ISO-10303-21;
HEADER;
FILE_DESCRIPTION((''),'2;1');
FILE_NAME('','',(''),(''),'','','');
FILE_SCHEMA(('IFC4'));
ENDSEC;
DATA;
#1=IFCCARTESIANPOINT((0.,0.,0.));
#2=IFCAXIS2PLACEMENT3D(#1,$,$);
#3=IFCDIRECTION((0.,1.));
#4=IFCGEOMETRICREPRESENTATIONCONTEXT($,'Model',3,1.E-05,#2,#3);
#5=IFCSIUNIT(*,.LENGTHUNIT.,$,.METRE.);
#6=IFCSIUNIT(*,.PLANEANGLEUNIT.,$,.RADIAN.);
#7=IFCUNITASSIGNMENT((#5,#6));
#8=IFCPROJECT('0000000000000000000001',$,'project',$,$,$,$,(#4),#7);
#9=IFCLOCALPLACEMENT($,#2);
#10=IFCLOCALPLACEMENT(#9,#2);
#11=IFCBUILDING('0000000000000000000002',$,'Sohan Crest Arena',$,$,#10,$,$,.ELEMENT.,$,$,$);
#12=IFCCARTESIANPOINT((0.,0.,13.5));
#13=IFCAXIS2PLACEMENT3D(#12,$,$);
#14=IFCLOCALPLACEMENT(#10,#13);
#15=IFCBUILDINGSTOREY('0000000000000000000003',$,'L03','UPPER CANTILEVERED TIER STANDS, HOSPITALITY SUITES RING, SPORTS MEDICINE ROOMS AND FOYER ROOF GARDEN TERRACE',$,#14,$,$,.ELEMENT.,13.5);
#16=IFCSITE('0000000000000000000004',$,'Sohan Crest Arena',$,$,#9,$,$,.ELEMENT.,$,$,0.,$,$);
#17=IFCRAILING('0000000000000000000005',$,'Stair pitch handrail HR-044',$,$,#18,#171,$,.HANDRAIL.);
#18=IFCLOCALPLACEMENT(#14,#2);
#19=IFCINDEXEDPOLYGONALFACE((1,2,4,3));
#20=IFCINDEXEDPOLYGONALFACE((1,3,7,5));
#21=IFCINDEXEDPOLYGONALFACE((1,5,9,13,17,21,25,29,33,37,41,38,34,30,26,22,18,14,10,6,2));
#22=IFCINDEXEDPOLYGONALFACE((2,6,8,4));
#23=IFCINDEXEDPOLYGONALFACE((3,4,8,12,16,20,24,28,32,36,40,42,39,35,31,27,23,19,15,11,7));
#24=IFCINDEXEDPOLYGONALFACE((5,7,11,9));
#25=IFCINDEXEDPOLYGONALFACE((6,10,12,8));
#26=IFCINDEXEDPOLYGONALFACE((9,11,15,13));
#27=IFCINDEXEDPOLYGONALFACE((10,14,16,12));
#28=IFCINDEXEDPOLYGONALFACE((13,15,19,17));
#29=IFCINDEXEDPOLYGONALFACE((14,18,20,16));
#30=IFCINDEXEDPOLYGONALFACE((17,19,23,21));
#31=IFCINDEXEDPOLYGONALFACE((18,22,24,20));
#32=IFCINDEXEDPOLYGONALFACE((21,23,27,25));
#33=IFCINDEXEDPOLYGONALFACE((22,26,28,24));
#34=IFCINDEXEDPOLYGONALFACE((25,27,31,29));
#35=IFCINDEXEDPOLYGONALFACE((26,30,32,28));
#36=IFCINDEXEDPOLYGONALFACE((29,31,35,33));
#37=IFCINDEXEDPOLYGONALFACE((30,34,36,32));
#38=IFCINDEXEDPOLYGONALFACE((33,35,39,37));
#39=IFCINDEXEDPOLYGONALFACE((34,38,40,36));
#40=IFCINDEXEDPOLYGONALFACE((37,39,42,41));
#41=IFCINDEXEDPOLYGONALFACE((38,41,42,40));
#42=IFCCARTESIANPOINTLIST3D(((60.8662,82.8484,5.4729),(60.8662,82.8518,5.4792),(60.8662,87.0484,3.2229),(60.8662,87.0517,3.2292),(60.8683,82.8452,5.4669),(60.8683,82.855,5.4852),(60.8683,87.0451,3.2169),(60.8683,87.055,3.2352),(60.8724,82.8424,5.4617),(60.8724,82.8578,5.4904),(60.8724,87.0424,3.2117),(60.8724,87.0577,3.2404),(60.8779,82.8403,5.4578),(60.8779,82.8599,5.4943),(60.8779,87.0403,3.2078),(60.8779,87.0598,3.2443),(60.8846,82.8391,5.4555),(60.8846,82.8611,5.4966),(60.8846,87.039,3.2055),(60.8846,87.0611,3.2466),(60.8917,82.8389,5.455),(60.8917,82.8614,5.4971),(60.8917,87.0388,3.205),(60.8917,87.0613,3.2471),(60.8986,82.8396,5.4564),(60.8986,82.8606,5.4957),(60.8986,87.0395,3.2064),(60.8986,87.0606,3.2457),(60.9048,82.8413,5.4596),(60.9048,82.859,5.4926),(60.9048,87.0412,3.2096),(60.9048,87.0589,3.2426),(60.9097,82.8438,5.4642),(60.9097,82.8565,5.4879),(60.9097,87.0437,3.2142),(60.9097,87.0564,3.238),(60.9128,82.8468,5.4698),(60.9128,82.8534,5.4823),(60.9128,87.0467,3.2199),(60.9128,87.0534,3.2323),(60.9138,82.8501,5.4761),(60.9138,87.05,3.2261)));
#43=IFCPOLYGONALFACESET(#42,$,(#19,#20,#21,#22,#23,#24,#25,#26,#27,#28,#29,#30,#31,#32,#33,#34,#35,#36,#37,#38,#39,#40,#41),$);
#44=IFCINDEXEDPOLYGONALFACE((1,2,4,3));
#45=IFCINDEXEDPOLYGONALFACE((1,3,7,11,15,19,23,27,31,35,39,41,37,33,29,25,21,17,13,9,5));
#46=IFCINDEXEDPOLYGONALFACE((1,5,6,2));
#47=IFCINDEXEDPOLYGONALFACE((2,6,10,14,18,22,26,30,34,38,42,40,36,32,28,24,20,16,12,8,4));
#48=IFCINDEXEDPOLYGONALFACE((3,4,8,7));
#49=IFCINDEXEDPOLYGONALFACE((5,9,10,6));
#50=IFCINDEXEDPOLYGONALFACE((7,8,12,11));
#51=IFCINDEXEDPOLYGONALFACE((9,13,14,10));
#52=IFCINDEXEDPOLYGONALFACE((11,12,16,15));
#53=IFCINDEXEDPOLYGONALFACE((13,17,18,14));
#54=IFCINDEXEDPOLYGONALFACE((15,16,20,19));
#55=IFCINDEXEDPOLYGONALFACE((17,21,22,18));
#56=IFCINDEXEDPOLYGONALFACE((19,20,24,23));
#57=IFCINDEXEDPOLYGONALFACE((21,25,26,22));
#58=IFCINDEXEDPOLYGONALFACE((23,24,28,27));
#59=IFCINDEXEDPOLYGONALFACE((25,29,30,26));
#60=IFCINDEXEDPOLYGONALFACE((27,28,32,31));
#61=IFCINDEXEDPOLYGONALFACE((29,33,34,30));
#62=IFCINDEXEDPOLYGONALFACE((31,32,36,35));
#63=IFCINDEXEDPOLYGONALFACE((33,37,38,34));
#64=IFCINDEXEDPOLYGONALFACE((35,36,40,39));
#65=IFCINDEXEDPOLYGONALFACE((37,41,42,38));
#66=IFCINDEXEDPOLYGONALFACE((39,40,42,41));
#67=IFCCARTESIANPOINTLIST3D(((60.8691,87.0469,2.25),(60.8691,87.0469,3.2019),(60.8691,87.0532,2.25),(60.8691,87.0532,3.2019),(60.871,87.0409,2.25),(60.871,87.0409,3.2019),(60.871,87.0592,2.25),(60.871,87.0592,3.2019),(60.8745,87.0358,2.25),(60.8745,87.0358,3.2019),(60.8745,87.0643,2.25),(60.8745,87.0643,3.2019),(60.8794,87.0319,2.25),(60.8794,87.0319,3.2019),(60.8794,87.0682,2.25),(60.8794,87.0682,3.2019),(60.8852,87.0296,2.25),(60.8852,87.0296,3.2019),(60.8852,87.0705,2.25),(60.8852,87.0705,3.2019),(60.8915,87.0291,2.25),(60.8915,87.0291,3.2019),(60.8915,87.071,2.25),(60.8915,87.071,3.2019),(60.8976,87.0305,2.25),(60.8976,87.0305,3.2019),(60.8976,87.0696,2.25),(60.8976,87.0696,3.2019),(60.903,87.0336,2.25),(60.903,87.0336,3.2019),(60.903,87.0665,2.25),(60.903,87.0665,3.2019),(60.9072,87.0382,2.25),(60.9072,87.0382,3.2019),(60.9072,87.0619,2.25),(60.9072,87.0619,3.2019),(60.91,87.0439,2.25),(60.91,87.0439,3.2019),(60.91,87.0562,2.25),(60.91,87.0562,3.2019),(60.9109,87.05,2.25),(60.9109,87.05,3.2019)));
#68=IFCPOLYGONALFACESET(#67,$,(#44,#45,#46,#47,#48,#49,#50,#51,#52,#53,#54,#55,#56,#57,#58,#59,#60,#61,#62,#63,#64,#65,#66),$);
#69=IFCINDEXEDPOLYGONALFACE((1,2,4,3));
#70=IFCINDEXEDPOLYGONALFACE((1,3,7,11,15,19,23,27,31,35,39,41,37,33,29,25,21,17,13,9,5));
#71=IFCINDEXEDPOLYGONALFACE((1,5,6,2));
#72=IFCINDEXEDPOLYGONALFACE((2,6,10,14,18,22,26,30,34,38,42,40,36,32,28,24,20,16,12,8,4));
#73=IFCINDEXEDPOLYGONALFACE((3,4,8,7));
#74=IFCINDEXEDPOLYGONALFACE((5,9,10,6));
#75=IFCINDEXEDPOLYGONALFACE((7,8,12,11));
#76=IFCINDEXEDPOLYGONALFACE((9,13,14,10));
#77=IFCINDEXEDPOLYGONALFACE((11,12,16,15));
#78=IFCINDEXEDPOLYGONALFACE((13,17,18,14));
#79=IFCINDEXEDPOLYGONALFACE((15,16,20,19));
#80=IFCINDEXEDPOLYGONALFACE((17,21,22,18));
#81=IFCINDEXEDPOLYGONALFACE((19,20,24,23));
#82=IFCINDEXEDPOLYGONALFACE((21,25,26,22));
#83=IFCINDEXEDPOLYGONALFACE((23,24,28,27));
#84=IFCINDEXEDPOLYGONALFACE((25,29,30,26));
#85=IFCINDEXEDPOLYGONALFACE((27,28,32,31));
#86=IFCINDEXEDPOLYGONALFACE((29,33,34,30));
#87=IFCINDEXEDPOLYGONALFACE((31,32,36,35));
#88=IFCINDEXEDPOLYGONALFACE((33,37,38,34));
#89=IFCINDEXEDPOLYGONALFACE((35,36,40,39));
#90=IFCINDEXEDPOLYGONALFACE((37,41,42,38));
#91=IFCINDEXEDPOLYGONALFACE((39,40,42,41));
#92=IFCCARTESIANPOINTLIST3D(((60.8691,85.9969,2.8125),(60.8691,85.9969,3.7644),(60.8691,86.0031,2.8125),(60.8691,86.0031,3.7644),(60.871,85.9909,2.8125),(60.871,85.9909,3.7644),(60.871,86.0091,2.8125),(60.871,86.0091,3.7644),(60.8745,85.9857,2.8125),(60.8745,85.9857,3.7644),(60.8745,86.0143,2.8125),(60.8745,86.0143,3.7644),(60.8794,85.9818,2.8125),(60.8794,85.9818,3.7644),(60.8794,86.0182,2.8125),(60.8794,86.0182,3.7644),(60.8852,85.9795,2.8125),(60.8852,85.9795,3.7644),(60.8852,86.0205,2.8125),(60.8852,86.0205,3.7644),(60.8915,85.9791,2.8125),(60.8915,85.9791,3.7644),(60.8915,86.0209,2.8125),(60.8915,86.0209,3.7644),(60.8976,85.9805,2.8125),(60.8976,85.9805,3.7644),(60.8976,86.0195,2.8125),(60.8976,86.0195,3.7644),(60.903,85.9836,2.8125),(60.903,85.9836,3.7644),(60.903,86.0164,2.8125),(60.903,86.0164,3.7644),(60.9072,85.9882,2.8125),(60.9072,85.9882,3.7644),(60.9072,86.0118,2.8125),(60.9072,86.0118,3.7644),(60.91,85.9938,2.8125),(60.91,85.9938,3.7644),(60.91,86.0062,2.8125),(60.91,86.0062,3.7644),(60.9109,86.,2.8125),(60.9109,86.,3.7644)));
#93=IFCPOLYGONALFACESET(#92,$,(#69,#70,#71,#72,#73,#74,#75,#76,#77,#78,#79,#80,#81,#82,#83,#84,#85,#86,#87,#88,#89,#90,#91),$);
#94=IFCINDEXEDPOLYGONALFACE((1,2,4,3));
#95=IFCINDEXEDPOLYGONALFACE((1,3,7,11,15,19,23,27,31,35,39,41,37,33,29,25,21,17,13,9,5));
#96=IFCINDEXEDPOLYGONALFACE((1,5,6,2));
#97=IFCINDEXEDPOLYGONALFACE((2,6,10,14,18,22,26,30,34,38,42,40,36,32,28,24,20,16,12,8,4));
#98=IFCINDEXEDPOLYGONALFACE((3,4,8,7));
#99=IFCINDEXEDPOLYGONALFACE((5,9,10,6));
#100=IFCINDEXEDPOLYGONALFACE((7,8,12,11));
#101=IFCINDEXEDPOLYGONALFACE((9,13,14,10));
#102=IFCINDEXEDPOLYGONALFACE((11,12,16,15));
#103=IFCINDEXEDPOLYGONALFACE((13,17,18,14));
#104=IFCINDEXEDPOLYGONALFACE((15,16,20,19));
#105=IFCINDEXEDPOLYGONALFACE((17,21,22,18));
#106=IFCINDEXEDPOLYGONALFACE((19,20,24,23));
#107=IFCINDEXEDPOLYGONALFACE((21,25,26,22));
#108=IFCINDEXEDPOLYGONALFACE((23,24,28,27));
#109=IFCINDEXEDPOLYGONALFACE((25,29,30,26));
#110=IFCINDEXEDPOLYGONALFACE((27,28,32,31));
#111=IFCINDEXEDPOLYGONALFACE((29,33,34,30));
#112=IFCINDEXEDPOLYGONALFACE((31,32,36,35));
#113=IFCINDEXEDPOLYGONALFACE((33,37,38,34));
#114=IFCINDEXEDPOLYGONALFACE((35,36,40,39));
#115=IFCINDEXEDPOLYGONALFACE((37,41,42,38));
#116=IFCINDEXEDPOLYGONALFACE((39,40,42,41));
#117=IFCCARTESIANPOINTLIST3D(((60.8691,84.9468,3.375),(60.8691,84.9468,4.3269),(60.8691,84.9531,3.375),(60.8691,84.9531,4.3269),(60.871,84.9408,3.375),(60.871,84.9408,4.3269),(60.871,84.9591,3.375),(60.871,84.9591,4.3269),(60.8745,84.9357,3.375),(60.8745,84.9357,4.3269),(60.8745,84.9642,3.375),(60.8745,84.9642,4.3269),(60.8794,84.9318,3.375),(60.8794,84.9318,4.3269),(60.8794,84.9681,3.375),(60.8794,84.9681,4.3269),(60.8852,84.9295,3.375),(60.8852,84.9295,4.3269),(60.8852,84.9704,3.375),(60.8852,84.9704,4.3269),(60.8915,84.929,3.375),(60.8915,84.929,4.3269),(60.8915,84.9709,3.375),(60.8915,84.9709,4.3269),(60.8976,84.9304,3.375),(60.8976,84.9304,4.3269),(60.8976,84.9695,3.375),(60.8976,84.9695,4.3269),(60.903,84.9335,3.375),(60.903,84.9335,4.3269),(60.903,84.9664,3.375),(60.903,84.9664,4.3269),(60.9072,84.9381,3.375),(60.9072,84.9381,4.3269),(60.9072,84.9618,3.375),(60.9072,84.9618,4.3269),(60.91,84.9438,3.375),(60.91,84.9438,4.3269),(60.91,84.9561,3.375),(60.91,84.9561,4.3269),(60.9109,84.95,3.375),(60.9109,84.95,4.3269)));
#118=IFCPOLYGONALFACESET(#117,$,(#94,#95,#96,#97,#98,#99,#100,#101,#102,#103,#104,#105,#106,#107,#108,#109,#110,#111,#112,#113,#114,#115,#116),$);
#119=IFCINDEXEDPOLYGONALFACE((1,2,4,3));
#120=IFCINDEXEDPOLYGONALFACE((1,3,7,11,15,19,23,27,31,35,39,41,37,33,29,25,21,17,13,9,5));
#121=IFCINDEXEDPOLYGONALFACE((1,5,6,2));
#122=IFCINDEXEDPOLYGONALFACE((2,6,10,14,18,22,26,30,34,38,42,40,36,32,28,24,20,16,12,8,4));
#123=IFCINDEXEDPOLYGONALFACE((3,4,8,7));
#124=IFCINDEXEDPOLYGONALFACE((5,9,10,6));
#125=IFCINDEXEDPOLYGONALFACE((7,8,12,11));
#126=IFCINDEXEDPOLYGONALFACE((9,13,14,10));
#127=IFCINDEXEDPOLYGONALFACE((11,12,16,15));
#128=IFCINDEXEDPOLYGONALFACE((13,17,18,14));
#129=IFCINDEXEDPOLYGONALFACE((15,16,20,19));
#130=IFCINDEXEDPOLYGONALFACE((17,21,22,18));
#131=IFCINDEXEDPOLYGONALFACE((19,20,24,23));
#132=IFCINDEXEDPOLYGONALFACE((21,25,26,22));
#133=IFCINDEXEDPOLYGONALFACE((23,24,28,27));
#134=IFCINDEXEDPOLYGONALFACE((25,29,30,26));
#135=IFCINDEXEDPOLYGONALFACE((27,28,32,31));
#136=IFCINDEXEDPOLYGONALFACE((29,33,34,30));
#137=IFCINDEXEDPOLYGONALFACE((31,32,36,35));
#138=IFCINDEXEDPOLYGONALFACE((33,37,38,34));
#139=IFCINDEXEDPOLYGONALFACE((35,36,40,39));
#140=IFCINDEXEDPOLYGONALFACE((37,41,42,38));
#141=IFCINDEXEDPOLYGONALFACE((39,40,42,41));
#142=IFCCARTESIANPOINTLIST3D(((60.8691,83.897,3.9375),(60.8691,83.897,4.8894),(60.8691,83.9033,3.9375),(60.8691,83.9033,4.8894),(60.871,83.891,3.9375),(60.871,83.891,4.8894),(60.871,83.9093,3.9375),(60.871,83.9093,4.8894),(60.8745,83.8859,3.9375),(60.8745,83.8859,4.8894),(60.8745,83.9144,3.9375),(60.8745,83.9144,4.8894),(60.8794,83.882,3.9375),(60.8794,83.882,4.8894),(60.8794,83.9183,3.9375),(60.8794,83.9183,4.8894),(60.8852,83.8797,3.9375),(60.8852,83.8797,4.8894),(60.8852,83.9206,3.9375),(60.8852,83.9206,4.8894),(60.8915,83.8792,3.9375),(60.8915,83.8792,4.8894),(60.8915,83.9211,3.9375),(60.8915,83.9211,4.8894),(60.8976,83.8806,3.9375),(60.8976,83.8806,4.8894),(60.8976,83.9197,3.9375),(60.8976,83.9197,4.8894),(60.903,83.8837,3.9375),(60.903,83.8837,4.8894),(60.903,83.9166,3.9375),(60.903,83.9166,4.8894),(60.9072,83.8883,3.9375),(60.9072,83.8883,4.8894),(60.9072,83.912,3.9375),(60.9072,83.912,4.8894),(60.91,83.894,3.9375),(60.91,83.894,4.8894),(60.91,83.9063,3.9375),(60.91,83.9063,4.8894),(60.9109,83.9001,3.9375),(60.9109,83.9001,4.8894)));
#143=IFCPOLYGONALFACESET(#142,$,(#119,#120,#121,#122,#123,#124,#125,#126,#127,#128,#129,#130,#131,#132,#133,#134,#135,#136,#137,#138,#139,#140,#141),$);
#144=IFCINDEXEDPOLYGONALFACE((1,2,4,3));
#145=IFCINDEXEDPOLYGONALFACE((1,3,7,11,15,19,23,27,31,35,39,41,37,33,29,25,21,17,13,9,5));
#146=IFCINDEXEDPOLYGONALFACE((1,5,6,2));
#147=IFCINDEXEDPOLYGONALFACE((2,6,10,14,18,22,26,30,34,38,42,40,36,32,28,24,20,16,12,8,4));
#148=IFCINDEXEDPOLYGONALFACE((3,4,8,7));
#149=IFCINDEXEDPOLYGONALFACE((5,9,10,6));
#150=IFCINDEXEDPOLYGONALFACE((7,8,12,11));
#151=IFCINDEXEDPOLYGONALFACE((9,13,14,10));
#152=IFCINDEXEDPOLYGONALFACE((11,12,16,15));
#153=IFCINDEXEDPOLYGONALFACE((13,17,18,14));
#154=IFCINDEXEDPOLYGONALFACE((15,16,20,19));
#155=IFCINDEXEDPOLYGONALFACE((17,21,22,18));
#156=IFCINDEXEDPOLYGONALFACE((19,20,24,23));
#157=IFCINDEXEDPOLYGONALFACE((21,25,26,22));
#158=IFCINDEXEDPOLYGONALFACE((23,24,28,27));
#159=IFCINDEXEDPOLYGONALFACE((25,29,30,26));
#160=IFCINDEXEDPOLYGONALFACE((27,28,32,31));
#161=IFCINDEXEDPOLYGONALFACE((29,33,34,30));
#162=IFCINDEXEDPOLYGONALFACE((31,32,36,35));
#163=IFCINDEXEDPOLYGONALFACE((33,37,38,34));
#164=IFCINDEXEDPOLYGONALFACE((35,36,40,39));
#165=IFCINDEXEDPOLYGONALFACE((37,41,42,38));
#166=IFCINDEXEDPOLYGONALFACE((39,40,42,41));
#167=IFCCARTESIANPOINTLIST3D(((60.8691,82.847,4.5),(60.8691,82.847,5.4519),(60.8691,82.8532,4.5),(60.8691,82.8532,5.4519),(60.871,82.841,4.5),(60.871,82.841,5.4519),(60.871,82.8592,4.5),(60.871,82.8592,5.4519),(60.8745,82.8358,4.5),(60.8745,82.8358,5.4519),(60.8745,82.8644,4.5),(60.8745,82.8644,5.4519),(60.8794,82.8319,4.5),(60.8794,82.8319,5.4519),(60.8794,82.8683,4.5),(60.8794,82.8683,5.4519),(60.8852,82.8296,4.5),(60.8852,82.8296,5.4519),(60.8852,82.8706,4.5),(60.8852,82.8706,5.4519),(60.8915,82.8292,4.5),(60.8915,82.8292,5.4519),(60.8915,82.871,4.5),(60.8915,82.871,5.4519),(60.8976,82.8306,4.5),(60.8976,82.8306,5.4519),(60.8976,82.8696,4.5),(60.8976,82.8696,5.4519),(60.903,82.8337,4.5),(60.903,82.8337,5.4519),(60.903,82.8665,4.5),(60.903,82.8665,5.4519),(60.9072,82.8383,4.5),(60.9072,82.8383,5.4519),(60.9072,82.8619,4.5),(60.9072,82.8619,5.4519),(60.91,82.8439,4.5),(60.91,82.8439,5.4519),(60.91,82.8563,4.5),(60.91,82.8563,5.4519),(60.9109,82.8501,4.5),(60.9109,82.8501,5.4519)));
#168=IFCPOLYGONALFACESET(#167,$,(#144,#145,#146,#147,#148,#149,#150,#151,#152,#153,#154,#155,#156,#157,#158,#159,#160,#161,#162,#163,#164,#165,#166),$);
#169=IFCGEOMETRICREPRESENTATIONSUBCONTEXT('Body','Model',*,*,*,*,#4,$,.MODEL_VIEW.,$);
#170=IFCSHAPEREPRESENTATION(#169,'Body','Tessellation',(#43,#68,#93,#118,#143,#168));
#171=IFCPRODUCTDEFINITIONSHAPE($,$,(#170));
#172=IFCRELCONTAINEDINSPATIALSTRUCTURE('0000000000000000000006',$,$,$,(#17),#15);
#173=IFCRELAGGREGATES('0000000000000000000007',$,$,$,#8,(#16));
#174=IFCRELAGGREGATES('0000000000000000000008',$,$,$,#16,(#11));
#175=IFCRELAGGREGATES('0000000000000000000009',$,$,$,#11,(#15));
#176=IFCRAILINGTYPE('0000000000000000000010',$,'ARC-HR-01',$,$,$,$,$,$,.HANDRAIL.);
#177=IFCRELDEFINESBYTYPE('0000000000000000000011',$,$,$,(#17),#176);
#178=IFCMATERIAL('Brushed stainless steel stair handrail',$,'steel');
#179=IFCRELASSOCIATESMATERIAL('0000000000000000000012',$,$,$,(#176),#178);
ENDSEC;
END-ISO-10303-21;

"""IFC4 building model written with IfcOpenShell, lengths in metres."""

from ifc_helpers import new_model, si_unit, direction, frame, origin, origin_2d, place, context, subcontext, project, spatial, circle, extrude, material, type_object, element, save


model = new_model("IFC4")

# Units and contexts
model_context = context("Model", 3, precision=1e-05, world=origin(), true_north=direction((0.0, 1.0)))
body_context = subcontext(model_context, "Body", "Model", "MODEL_VIEW")
ifc_project = project(units=[si_unit("LENGTHUNIT", "METRE"), si_unit("PLANEANGLEUNIT", "RADIAN")], contexts=[model_context])

# Site, building, storey
site_placement = place(None, origin())
site = spatial("IfcSite", under=ifc_project, at=site_placement, Name="Sohan Crest Arena", CompositionType="ELEMENT", RefElevation=0.0)
building_placement = place(site_placement, origin())
building = spatial("IfcBuilding", under=site, at=building_placement, Name="Sohan Crest Arena", CompositionType="ELEMENT")
storey_placement = place(building_placement, frame((0.0, 0.0, 13.5)))
storey = spatial("IfcBuildingStorey", under=building, at=storey_placement, Name="L03", Description="UPPER CANTILEVERED TIER STANDS, HOSPITALITY SUITES RING, SPORTS MEDICINE ROOMS AND FOYER ROOF GARDEN TERRACE", CompositionType="ELEMENT", Elevation=13.5)

# Railing
ifc_material_1 = material(Name="Brushed stainless steel stair handrail", Category="steel")
railing_type_1 = type_object("IfcRailingType", Name="ARC-HR-01", PredefinedType="HANDRAIL", material=ifc_material_1)
for number, where, name in (
    (1, (60.8899, 87.05, 2.25), "Stair pitch handrail HR-044"),
):
    element("IfcRailing", number, at=place(storey_placement, frame(where)), inside=storey, type_object=railing_type_1, Name=name, PredefinedType="HANDRAIL", context=body_context, shape_type="SweptSolid", body=[
        extrude(circle(Radius=0.0239, at=origin_2d()), frame((0.0, 0.0, 0.9761), z_axis=(0.0, -0.881478, 0.472226), x_axis=(1.0, 0.0, 0.0)), (0.0, 0.0, 1.0), 4.7646),
        extrude(circle(Radius=0.021, at=origin_2d()), origin(), (0.0, 0.0, 1.0), 0.9519),
        extrude(circle(Radius=0.021, at=origin_2d()), frame((0.0, -1.05, 0.5625)), (0.0, 0.0, 1.0), 0.9519),
        extrude(circle(Radius=0.021, at=origin_2d()), frame((0.0, -2.1001, 1.125)), (0.0, 0.0, 1.0), 0.9519),
        extrude(circle(Radius=0.021, at=origin_2d()), frame((0.0, -3.1499, 1.6875)), (0.0, 0.0, 1.0), 0.9519),
        extrude(circle(Radius=0.021, at=origin_2d()), frame((0.0, -4.2, 2.25)), (0.0, 0.0, 1.0), 0.9519),
    ])

save(model, "model.ifc")
